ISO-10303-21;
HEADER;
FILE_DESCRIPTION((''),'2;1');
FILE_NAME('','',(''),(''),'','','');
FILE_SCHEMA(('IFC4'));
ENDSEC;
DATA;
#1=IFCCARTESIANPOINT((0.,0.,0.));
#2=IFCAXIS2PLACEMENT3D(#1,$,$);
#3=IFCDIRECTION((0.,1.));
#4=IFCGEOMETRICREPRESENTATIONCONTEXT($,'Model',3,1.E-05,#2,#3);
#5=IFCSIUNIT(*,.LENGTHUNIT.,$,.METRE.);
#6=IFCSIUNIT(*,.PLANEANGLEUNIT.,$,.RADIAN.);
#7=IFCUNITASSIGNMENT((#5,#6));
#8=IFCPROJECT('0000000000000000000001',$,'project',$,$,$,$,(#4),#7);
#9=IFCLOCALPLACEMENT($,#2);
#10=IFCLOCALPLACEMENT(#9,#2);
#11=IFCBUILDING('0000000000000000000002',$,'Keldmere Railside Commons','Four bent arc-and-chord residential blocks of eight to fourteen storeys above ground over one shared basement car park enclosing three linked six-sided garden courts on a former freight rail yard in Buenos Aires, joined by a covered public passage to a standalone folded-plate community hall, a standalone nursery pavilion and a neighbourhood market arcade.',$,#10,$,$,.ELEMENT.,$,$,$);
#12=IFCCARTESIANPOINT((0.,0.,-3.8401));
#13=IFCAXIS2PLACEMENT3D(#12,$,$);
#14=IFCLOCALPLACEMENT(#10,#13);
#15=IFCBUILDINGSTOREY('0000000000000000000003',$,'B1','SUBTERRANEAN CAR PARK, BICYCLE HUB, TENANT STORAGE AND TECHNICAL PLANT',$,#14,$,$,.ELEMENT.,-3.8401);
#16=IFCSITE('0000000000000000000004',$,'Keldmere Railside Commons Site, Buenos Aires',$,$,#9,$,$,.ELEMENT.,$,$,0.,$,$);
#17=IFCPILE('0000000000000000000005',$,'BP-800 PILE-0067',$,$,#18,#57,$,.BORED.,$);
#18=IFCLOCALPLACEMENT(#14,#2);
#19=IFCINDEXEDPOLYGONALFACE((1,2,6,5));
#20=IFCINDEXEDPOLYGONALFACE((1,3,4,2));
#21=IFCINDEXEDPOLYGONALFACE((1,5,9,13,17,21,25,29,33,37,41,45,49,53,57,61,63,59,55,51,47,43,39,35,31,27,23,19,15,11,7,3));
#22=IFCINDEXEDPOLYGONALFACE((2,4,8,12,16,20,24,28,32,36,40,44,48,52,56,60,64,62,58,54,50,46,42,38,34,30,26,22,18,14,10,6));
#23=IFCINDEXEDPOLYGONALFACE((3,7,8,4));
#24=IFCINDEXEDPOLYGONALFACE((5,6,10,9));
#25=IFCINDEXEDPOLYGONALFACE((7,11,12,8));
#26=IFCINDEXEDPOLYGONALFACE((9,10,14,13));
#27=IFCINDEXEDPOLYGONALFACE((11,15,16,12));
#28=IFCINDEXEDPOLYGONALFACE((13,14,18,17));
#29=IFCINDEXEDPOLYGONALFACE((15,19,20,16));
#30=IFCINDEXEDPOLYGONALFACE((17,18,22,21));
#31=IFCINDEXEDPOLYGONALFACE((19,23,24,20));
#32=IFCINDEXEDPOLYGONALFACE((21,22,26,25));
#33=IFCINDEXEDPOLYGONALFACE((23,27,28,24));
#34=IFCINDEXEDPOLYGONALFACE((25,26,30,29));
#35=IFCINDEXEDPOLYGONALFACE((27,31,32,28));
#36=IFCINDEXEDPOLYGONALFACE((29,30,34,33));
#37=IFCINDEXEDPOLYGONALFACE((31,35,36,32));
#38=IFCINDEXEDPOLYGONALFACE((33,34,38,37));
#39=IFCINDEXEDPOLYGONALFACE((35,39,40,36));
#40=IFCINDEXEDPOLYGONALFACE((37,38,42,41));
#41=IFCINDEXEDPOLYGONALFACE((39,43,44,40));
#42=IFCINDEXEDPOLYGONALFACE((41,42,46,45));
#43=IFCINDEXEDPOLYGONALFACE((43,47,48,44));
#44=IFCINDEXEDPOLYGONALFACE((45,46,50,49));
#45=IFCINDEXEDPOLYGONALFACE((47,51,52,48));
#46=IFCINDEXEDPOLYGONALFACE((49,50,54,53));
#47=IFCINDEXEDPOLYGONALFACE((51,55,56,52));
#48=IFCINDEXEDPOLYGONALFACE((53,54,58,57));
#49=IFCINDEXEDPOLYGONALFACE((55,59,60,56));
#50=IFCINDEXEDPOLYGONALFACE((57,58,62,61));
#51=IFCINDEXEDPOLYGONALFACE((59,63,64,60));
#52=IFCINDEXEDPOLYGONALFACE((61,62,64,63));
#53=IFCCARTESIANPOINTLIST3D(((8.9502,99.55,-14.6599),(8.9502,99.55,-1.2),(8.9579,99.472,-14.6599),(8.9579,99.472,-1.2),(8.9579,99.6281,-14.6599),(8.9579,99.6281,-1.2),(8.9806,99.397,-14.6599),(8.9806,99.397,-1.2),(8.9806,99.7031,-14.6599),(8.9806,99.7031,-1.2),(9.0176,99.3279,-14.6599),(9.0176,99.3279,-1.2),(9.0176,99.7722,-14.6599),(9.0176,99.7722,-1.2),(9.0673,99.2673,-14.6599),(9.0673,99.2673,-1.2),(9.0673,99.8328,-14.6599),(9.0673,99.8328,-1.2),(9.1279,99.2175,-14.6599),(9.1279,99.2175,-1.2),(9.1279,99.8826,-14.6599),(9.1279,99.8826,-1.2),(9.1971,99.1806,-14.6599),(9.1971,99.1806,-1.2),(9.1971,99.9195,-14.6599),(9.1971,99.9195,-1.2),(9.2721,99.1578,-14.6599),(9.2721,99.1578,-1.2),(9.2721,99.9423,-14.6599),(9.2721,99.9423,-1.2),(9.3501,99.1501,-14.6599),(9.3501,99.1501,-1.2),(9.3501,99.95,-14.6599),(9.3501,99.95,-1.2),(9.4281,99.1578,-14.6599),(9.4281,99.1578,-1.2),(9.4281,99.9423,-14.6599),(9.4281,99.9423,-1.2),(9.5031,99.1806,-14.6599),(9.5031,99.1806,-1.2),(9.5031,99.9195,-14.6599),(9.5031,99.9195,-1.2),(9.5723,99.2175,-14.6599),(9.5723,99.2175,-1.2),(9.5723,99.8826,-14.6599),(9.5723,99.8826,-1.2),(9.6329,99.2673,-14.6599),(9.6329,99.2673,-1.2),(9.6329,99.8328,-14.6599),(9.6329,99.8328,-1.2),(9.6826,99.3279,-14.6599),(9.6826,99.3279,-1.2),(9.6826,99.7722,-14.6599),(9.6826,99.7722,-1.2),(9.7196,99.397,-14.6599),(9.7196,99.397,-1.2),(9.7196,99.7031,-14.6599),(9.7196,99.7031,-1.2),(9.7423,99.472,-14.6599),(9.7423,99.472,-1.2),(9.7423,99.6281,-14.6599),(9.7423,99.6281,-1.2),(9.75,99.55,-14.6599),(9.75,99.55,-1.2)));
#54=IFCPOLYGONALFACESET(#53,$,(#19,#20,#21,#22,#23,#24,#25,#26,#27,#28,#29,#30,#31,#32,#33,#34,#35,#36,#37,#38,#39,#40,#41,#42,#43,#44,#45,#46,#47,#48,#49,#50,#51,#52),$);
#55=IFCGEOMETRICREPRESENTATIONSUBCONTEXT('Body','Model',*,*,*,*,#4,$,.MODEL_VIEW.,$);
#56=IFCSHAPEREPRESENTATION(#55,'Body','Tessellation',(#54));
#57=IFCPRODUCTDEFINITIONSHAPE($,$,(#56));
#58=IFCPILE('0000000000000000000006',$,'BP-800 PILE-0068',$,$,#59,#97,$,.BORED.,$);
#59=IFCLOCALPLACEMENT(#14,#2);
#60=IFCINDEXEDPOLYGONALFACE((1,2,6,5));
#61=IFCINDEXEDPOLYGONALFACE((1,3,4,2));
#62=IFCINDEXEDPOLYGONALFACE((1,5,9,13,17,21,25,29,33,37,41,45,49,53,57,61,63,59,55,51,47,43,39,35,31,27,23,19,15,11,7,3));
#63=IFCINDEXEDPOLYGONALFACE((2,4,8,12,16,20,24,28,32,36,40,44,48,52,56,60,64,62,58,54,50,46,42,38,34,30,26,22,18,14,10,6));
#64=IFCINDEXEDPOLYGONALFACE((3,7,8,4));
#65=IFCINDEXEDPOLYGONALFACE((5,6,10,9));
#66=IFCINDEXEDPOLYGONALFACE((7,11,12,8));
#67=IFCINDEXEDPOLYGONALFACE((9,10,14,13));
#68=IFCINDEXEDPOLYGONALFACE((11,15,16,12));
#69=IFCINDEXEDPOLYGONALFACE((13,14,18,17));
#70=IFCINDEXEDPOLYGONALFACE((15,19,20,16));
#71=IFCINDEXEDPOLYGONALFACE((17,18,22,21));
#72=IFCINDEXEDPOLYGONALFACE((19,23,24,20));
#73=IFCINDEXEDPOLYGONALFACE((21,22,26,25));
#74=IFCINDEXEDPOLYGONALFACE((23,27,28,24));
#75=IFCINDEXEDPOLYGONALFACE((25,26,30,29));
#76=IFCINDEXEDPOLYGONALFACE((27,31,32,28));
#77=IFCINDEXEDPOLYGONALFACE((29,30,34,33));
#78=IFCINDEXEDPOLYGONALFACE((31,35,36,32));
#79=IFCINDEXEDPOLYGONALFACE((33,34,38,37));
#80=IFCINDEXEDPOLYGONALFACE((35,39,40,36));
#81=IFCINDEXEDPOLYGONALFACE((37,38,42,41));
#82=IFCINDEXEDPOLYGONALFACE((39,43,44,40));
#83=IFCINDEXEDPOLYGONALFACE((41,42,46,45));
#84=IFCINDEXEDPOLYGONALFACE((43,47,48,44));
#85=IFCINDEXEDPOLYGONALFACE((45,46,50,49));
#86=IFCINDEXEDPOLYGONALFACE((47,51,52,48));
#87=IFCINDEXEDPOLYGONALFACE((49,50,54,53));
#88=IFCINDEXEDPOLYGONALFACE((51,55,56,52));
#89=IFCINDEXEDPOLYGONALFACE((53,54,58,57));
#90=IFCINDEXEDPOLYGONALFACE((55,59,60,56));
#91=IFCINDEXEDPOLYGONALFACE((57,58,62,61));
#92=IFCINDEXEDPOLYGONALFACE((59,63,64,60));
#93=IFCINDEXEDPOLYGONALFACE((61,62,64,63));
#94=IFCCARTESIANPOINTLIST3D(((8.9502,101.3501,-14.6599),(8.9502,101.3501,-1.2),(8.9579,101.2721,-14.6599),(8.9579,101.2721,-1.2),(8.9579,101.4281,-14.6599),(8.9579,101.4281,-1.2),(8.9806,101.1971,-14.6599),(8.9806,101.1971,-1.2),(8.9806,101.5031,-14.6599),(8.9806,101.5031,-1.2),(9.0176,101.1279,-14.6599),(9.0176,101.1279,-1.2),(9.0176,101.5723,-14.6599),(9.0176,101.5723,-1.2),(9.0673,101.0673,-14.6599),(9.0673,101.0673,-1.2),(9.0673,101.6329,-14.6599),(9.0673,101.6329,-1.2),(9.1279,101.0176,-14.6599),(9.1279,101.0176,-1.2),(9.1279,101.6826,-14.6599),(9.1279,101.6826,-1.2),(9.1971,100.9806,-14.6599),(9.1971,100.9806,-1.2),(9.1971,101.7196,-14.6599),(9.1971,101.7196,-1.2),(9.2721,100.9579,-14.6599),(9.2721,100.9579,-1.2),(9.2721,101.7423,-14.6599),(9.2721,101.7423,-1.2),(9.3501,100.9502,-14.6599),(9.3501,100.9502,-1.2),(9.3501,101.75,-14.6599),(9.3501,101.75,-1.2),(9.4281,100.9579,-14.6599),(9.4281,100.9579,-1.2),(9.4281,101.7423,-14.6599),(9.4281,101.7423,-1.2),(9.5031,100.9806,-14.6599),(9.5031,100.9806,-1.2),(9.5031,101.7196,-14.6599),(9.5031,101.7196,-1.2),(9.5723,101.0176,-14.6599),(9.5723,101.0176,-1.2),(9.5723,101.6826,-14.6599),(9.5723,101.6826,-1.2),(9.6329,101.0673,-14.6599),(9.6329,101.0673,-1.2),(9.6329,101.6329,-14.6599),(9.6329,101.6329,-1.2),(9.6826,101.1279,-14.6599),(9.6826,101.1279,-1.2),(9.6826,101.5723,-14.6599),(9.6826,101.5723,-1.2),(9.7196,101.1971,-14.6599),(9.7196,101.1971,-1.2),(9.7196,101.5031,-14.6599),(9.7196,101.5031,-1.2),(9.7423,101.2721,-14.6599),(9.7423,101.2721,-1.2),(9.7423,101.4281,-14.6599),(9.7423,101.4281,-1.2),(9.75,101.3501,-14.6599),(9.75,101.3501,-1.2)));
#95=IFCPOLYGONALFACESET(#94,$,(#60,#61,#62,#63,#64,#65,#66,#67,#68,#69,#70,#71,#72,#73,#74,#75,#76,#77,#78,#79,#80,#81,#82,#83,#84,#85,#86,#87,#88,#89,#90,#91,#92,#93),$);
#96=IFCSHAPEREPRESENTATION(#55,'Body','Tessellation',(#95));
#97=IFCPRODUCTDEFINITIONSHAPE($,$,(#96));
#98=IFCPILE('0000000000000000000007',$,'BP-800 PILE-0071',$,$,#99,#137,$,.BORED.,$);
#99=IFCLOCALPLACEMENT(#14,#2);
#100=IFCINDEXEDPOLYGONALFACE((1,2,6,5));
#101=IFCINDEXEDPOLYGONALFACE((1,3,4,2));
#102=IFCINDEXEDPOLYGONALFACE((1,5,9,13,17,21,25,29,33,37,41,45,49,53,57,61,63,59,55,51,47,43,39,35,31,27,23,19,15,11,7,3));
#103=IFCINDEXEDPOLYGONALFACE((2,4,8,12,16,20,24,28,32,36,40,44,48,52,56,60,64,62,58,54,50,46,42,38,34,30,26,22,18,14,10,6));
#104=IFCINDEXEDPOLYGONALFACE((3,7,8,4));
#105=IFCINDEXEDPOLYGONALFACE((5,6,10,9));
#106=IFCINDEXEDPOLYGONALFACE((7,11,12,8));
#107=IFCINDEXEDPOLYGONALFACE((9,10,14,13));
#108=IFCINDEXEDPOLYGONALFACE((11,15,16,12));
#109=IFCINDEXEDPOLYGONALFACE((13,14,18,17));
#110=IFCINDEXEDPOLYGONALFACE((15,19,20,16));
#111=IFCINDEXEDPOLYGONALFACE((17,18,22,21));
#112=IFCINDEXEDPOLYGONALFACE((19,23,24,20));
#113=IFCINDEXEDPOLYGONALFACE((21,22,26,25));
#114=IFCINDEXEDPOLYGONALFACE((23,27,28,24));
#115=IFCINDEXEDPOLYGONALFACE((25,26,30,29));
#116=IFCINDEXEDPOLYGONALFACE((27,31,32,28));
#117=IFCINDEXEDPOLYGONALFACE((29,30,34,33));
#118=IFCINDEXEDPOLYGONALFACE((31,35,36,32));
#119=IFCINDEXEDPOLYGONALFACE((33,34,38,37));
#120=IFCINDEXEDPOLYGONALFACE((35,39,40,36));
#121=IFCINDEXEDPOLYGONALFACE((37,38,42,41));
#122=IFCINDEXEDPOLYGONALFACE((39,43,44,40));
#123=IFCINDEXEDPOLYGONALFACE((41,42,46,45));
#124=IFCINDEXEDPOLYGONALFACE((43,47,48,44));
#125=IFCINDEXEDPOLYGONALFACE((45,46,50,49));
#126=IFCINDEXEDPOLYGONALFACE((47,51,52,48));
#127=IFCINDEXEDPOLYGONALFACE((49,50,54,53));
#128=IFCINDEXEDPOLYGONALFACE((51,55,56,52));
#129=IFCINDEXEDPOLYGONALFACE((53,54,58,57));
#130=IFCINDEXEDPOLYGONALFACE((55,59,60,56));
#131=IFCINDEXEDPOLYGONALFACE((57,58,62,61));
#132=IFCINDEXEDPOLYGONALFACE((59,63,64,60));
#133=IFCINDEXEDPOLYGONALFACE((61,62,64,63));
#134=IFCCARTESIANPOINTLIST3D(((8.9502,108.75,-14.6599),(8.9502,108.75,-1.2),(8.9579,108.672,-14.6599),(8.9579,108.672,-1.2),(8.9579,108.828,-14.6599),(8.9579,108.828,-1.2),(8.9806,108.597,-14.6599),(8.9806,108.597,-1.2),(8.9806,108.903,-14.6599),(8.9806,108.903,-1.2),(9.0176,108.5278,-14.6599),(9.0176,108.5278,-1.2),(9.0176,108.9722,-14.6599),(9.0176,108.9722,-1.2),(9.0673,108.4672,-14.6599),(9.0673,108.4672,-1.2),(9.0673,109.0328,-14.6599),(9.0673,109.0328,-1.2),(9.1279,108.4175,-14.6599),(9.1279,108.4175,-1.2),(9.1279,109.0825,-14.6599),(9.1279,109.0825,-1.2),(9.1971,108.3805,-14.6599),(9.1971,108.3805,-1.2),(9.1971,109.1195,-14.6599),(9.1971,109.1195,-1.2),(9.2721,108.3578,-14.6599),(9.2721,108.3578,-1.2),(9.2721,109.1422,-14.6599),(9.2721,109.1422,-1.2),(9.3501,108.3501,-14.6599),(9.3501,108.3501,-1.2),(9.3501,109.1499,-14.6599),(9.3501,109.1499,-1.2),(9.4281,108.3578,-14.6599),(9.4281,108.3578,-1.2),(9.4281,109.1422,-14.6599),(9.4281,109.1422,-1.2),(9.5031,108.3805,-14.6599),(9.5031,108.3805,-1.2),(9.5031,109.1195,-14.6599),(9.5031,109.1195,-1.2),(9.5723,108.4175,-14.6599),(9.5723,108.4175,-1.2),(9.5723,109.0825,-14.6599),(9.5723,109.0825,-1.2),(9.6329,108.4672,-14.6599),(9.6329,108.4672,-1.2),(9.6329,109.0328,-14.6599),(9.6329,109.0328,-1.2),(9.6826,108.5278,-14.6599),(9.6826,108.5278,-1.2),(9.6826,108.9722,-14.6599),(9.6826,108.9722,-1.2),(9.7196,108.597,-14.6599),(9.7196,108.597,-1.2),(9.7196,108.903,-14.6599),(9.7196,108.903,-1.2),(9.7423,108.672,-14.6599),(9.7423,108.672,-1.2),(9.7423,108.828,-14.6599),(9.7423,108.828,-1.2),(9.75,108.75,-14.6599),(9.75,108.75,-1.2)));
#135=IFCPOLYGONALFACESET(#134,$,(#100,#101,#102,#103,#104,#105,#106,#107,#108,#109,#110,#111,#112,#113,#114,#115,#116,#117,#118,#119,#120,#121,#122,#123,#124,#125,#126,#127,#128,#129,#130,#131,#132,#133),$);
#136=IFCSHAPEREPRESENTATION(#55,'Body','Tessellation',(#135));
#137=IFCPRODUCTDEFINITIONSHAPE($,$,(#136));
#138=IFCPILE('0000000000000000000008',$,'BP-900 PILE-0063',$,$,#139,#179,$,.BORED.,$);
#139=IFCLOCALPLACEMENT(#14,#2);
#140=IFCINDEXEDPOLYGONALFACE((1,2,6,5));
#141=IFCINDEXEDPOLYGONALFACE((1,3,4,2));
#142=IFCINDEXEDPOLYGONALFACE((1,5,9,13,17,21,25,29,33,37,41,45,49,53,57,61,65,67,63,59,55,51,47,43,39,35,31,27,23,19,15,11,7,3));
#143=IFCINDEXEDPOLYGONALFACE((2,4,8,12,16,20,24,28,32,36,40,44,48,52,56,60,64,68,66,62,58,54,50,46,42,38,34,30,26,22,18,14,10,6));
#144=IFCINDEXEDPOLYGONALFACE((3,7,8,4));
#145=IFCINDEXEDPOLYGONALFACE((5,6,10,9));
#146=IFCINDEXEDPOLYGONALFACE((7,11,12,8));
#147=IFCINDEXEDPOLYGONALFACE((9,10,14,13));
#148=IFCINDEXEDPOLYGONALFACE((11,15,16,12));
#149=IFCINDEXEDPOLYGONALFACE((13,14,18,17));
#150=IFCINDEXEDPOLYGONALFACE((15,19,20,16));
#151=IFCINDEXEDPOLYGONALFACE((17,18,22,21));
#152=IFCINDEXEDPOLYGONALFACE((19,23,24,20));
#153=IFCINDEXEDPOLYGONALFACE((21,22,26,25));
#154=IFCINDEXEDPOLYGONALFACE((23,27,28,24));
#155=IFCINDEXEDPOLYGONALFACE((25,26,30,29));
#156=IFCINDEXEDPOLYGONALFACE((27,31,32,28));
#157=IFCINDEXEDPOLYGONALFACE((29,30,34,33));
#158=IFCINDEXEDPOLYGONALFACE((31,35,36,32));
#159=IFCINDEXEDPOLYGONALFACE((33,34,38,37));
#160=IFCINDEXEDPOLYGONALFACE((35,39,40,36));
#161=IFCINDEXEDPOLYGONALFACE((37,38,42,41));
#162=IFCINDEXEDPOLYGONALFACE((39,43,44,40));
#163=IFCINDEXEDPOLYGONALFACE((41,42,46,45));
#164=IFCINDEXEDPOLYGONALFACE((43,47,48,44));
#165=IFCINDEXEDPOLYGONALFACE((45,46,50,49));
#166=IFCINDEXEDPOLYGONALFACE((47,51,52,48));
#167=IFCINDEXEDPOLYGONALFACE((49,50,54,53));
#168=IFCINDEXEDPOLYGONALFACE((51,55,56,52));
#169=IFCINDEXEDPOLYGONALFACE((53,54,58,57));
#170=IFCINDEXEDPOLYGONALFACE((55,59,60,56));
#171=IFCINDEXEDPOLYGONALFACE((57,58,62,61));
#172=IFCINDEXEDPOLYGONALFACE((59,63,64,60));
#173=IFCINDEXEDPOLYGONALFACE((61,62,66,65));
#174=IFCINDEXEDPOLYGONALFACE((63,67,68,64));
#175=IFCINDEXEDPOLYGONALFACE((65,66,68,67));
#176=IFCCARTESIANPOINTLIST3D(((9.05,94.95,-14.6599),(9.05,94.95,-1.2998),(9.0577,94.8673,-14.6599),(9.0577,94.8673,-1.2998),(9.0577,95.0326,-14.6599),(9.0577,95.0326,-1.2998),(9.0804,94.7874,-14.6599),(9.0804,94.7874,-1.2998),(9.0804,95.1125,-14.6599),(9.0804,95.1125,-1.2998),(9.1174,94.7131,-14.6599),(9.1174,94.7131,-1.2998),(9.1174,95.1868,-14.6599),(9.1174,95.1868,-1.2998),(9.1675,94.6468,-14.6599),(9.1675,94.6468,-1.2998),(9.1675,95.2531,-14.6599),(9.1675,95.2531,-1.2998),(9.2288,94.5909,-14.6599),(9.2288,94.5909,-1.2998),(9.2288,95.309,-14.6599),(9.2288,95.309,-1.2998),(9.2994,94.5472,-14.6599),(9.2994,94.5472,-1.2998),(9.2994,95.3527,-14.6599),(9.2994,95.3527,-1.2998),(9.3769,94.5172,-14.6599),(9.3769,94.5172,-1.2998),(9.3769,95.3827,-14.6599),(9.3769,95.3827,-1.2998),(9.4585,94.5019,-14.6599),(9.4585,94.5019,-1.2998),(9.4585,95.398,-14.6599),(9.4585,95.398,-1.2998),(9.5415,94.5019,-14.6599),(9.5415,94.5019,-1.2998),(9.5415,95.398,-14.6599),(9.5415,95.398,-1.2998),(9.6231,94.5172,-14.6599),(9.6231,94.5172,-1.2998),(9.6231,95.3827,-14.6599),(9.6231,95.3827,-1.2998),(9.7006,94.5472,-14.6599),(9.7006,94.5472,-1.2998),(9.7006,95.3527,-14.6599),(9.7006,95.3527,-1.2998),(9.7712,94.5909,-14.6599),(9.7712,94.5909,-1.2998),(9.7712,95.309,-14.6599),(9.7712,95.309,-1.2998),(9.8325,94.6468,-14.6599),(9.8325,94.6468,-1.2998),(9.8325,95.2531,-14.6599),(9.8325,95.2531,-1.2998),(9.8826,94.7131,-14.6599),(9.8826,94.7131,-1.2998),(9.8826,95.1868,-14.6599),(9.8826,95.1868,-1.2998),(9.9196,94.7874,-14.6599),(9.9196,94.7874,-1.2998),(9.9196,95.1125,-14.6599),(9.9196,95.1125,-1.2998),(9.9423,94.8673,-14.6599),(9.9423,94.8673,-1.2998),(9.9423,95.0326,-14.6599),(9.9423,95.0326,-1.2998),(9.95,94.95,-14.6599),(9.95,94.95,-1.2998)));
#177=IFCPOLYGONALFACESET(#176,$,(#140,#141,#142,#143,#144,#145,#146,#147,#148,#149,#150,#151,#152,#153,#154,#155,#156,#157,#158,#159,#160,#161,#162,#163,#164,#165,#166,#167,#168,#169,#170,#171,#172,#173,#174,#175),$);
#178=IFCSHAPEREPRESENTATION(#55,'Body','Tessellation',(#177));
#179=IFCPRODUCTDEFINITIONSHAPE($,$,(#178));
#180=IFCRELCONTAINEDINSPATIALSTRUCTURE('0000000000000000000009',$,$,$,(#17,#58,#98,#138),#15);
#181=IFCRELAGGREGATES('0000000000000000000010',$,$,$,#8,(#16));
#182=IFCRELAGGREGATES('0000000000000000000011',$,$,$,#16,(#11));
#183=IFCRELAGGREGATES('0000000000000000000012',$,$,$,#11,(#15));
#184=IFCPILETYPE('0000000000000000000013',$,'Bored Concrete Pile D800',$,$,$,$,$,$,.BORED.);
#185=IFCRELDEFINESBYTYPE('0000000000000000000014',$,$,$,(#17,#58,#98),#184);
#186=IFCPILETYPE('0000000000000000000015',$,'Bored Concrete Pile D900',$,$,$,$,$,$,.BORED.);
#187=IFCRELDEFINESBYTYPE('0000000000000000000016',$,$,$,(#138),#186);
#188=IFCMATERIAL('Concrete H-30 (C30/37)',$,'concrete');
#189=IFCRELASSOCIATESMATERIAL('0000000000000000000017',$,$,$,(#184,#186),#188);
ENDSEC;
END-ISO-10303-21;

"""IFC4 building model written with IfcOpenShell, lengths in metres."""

from ifc_helpers import new_model, si_unit, direction, frame, origin, origin_2d, place, context, subcontext, project, spatial, circle, extrude, material, material_profile, profile_set, type_object, element, save


model = new_model("IFC4")

# Units and contexts
model_context = context("Model", 3, precision=1e-05, world=origin(), true_north=direction((0.0, 1.0)))
body_context = subcontext(model_context, "Body", "Model", "MODEL_VIEW")
ifc_project = project(units=[si_unit("LENGTHUNIT", "METRE"), si_unit("PLANEANGLEUNIT", "RADIAN")], contexts=[model_context])

# Site, building, storey
site_placement = place(None, origin())
site = spatial("IfcSite", under=ifc_project, at=site_placement, Name="Keldmere Railside Commons Site, Buenos Aires", CompositionType="ELEMENT", RefElevation=0.0)
building_placement = place(site_placement, origin())
building = spatial("IfcBuilding", under=site, at=building_placement, Name="Keldmere Railside Commons", Description="Four bent arc-and-chord residential blocks of eight to fourteen storeys above ground over one shared basement car park enclosing three linked six-sided garden courts on a former freight rail yard in Buenos Aires, joined by a covered public passage to a standalone folded-plate community hall, a standalone nursery pavilion and a neighbourhood market arcade.", CompositionType="ELEMENT")
storey_placement = place(building_placement, frame((0.0, 0.0, -3.8401)))
storey = spatial("IfcBuildingStorey", under=building, at=storey_placement, Name="B1", Description="SUBTERRANEAN CAR PARK, BICYCLE HUB, TENANT STORAGE AND TECHNICAL PLANT", CompositionType="ELEMENT", Elevation=-3.8401)

# Piles
ifc_material_1 = material(Name="Concrete H-30 (C30/37)", Category="concrete")
ifc_material_profile_1 = material_profile(ifc_material_1, circle(Radius=0.3999, at=origin_2d()), Name="PILE-D800")
ifc_profile_set_1 = profile_set([ifc_material_profile_1], Name="Concrete H-30 (C30/37)")
pile_type_1 = type_object("IfcPileType", Name="Bored Concrete Pile D800", PredefinedType="BORED", material=ifc_profile_set_1)
for number, where, z_axis, x_axis, name in (
    (1, (9.3501, 99.55, -1.2), (0.0, 0.0, -1.0), (1.0, 0.0, 0.0), "BP-800 PILE-0067"),
    (2, (9.3501, 101.3501, -1.2), (0.0, 0.0, -1.0), (1.0, 0.0, 0.0), "BP-800 PILE-0068"),
    (3, (9.3501, 108.75, -1.2), (0.0, 0.0, -1.0), (1.0, 0.0, 0.0), "BP-800 PILE-0071"),
):
    element("IfcPile", number, at=place(storey_placement, frame(where, z_axis=z_axis, x_axis=x_axis)), inside=storey, type_object=pile_type_1, Name=name, PredefinedType="BORED", context=body_context, shape_type="SweptSolid", body=[
        extrude(circle(Radius=0.3999, at=origin_2d()), origin(), (0.0, 0.0, 1.0), 13.46),
    ])
ifc_material_profile_2 = material_profile(ifc_material_1, circle(Radius=0.45, at=origin_2d()), Name="PILE-D900")
ifc_profile_set_2 = profile_set([ifc_material_profile_2], Name="Concrete H-30 (C30/37)")
pile_type_2 = type_object("IfcPileType", Name="Bored Concrete Pile D900", PredefinedType="BORED", material=ifc_profile_set_2)
for number, where, z_axis, x_axis, name in (
    (4, (9.5, 94.95, -1.2998), (0.0, 0.0, -1.0), (1.0, 0.0, 0.0), "BP-900 PILE-0063"),
):
    element("IfcPile", number, at=place(storey_placement, frame(where, z_axis=z_axis, x_axis=x_axis)), inside=storey, type_object=pile_type_2, Name=name, PredefinedType="BORED", context=body_context, shape_type="SweptSolid", body=[
        extrude(circle(Radius=0.45, at=origin_2d()), origin(), (0.0, 0.0, 1.0), 13.3601),
    ])

save(model, "model.ifc")
